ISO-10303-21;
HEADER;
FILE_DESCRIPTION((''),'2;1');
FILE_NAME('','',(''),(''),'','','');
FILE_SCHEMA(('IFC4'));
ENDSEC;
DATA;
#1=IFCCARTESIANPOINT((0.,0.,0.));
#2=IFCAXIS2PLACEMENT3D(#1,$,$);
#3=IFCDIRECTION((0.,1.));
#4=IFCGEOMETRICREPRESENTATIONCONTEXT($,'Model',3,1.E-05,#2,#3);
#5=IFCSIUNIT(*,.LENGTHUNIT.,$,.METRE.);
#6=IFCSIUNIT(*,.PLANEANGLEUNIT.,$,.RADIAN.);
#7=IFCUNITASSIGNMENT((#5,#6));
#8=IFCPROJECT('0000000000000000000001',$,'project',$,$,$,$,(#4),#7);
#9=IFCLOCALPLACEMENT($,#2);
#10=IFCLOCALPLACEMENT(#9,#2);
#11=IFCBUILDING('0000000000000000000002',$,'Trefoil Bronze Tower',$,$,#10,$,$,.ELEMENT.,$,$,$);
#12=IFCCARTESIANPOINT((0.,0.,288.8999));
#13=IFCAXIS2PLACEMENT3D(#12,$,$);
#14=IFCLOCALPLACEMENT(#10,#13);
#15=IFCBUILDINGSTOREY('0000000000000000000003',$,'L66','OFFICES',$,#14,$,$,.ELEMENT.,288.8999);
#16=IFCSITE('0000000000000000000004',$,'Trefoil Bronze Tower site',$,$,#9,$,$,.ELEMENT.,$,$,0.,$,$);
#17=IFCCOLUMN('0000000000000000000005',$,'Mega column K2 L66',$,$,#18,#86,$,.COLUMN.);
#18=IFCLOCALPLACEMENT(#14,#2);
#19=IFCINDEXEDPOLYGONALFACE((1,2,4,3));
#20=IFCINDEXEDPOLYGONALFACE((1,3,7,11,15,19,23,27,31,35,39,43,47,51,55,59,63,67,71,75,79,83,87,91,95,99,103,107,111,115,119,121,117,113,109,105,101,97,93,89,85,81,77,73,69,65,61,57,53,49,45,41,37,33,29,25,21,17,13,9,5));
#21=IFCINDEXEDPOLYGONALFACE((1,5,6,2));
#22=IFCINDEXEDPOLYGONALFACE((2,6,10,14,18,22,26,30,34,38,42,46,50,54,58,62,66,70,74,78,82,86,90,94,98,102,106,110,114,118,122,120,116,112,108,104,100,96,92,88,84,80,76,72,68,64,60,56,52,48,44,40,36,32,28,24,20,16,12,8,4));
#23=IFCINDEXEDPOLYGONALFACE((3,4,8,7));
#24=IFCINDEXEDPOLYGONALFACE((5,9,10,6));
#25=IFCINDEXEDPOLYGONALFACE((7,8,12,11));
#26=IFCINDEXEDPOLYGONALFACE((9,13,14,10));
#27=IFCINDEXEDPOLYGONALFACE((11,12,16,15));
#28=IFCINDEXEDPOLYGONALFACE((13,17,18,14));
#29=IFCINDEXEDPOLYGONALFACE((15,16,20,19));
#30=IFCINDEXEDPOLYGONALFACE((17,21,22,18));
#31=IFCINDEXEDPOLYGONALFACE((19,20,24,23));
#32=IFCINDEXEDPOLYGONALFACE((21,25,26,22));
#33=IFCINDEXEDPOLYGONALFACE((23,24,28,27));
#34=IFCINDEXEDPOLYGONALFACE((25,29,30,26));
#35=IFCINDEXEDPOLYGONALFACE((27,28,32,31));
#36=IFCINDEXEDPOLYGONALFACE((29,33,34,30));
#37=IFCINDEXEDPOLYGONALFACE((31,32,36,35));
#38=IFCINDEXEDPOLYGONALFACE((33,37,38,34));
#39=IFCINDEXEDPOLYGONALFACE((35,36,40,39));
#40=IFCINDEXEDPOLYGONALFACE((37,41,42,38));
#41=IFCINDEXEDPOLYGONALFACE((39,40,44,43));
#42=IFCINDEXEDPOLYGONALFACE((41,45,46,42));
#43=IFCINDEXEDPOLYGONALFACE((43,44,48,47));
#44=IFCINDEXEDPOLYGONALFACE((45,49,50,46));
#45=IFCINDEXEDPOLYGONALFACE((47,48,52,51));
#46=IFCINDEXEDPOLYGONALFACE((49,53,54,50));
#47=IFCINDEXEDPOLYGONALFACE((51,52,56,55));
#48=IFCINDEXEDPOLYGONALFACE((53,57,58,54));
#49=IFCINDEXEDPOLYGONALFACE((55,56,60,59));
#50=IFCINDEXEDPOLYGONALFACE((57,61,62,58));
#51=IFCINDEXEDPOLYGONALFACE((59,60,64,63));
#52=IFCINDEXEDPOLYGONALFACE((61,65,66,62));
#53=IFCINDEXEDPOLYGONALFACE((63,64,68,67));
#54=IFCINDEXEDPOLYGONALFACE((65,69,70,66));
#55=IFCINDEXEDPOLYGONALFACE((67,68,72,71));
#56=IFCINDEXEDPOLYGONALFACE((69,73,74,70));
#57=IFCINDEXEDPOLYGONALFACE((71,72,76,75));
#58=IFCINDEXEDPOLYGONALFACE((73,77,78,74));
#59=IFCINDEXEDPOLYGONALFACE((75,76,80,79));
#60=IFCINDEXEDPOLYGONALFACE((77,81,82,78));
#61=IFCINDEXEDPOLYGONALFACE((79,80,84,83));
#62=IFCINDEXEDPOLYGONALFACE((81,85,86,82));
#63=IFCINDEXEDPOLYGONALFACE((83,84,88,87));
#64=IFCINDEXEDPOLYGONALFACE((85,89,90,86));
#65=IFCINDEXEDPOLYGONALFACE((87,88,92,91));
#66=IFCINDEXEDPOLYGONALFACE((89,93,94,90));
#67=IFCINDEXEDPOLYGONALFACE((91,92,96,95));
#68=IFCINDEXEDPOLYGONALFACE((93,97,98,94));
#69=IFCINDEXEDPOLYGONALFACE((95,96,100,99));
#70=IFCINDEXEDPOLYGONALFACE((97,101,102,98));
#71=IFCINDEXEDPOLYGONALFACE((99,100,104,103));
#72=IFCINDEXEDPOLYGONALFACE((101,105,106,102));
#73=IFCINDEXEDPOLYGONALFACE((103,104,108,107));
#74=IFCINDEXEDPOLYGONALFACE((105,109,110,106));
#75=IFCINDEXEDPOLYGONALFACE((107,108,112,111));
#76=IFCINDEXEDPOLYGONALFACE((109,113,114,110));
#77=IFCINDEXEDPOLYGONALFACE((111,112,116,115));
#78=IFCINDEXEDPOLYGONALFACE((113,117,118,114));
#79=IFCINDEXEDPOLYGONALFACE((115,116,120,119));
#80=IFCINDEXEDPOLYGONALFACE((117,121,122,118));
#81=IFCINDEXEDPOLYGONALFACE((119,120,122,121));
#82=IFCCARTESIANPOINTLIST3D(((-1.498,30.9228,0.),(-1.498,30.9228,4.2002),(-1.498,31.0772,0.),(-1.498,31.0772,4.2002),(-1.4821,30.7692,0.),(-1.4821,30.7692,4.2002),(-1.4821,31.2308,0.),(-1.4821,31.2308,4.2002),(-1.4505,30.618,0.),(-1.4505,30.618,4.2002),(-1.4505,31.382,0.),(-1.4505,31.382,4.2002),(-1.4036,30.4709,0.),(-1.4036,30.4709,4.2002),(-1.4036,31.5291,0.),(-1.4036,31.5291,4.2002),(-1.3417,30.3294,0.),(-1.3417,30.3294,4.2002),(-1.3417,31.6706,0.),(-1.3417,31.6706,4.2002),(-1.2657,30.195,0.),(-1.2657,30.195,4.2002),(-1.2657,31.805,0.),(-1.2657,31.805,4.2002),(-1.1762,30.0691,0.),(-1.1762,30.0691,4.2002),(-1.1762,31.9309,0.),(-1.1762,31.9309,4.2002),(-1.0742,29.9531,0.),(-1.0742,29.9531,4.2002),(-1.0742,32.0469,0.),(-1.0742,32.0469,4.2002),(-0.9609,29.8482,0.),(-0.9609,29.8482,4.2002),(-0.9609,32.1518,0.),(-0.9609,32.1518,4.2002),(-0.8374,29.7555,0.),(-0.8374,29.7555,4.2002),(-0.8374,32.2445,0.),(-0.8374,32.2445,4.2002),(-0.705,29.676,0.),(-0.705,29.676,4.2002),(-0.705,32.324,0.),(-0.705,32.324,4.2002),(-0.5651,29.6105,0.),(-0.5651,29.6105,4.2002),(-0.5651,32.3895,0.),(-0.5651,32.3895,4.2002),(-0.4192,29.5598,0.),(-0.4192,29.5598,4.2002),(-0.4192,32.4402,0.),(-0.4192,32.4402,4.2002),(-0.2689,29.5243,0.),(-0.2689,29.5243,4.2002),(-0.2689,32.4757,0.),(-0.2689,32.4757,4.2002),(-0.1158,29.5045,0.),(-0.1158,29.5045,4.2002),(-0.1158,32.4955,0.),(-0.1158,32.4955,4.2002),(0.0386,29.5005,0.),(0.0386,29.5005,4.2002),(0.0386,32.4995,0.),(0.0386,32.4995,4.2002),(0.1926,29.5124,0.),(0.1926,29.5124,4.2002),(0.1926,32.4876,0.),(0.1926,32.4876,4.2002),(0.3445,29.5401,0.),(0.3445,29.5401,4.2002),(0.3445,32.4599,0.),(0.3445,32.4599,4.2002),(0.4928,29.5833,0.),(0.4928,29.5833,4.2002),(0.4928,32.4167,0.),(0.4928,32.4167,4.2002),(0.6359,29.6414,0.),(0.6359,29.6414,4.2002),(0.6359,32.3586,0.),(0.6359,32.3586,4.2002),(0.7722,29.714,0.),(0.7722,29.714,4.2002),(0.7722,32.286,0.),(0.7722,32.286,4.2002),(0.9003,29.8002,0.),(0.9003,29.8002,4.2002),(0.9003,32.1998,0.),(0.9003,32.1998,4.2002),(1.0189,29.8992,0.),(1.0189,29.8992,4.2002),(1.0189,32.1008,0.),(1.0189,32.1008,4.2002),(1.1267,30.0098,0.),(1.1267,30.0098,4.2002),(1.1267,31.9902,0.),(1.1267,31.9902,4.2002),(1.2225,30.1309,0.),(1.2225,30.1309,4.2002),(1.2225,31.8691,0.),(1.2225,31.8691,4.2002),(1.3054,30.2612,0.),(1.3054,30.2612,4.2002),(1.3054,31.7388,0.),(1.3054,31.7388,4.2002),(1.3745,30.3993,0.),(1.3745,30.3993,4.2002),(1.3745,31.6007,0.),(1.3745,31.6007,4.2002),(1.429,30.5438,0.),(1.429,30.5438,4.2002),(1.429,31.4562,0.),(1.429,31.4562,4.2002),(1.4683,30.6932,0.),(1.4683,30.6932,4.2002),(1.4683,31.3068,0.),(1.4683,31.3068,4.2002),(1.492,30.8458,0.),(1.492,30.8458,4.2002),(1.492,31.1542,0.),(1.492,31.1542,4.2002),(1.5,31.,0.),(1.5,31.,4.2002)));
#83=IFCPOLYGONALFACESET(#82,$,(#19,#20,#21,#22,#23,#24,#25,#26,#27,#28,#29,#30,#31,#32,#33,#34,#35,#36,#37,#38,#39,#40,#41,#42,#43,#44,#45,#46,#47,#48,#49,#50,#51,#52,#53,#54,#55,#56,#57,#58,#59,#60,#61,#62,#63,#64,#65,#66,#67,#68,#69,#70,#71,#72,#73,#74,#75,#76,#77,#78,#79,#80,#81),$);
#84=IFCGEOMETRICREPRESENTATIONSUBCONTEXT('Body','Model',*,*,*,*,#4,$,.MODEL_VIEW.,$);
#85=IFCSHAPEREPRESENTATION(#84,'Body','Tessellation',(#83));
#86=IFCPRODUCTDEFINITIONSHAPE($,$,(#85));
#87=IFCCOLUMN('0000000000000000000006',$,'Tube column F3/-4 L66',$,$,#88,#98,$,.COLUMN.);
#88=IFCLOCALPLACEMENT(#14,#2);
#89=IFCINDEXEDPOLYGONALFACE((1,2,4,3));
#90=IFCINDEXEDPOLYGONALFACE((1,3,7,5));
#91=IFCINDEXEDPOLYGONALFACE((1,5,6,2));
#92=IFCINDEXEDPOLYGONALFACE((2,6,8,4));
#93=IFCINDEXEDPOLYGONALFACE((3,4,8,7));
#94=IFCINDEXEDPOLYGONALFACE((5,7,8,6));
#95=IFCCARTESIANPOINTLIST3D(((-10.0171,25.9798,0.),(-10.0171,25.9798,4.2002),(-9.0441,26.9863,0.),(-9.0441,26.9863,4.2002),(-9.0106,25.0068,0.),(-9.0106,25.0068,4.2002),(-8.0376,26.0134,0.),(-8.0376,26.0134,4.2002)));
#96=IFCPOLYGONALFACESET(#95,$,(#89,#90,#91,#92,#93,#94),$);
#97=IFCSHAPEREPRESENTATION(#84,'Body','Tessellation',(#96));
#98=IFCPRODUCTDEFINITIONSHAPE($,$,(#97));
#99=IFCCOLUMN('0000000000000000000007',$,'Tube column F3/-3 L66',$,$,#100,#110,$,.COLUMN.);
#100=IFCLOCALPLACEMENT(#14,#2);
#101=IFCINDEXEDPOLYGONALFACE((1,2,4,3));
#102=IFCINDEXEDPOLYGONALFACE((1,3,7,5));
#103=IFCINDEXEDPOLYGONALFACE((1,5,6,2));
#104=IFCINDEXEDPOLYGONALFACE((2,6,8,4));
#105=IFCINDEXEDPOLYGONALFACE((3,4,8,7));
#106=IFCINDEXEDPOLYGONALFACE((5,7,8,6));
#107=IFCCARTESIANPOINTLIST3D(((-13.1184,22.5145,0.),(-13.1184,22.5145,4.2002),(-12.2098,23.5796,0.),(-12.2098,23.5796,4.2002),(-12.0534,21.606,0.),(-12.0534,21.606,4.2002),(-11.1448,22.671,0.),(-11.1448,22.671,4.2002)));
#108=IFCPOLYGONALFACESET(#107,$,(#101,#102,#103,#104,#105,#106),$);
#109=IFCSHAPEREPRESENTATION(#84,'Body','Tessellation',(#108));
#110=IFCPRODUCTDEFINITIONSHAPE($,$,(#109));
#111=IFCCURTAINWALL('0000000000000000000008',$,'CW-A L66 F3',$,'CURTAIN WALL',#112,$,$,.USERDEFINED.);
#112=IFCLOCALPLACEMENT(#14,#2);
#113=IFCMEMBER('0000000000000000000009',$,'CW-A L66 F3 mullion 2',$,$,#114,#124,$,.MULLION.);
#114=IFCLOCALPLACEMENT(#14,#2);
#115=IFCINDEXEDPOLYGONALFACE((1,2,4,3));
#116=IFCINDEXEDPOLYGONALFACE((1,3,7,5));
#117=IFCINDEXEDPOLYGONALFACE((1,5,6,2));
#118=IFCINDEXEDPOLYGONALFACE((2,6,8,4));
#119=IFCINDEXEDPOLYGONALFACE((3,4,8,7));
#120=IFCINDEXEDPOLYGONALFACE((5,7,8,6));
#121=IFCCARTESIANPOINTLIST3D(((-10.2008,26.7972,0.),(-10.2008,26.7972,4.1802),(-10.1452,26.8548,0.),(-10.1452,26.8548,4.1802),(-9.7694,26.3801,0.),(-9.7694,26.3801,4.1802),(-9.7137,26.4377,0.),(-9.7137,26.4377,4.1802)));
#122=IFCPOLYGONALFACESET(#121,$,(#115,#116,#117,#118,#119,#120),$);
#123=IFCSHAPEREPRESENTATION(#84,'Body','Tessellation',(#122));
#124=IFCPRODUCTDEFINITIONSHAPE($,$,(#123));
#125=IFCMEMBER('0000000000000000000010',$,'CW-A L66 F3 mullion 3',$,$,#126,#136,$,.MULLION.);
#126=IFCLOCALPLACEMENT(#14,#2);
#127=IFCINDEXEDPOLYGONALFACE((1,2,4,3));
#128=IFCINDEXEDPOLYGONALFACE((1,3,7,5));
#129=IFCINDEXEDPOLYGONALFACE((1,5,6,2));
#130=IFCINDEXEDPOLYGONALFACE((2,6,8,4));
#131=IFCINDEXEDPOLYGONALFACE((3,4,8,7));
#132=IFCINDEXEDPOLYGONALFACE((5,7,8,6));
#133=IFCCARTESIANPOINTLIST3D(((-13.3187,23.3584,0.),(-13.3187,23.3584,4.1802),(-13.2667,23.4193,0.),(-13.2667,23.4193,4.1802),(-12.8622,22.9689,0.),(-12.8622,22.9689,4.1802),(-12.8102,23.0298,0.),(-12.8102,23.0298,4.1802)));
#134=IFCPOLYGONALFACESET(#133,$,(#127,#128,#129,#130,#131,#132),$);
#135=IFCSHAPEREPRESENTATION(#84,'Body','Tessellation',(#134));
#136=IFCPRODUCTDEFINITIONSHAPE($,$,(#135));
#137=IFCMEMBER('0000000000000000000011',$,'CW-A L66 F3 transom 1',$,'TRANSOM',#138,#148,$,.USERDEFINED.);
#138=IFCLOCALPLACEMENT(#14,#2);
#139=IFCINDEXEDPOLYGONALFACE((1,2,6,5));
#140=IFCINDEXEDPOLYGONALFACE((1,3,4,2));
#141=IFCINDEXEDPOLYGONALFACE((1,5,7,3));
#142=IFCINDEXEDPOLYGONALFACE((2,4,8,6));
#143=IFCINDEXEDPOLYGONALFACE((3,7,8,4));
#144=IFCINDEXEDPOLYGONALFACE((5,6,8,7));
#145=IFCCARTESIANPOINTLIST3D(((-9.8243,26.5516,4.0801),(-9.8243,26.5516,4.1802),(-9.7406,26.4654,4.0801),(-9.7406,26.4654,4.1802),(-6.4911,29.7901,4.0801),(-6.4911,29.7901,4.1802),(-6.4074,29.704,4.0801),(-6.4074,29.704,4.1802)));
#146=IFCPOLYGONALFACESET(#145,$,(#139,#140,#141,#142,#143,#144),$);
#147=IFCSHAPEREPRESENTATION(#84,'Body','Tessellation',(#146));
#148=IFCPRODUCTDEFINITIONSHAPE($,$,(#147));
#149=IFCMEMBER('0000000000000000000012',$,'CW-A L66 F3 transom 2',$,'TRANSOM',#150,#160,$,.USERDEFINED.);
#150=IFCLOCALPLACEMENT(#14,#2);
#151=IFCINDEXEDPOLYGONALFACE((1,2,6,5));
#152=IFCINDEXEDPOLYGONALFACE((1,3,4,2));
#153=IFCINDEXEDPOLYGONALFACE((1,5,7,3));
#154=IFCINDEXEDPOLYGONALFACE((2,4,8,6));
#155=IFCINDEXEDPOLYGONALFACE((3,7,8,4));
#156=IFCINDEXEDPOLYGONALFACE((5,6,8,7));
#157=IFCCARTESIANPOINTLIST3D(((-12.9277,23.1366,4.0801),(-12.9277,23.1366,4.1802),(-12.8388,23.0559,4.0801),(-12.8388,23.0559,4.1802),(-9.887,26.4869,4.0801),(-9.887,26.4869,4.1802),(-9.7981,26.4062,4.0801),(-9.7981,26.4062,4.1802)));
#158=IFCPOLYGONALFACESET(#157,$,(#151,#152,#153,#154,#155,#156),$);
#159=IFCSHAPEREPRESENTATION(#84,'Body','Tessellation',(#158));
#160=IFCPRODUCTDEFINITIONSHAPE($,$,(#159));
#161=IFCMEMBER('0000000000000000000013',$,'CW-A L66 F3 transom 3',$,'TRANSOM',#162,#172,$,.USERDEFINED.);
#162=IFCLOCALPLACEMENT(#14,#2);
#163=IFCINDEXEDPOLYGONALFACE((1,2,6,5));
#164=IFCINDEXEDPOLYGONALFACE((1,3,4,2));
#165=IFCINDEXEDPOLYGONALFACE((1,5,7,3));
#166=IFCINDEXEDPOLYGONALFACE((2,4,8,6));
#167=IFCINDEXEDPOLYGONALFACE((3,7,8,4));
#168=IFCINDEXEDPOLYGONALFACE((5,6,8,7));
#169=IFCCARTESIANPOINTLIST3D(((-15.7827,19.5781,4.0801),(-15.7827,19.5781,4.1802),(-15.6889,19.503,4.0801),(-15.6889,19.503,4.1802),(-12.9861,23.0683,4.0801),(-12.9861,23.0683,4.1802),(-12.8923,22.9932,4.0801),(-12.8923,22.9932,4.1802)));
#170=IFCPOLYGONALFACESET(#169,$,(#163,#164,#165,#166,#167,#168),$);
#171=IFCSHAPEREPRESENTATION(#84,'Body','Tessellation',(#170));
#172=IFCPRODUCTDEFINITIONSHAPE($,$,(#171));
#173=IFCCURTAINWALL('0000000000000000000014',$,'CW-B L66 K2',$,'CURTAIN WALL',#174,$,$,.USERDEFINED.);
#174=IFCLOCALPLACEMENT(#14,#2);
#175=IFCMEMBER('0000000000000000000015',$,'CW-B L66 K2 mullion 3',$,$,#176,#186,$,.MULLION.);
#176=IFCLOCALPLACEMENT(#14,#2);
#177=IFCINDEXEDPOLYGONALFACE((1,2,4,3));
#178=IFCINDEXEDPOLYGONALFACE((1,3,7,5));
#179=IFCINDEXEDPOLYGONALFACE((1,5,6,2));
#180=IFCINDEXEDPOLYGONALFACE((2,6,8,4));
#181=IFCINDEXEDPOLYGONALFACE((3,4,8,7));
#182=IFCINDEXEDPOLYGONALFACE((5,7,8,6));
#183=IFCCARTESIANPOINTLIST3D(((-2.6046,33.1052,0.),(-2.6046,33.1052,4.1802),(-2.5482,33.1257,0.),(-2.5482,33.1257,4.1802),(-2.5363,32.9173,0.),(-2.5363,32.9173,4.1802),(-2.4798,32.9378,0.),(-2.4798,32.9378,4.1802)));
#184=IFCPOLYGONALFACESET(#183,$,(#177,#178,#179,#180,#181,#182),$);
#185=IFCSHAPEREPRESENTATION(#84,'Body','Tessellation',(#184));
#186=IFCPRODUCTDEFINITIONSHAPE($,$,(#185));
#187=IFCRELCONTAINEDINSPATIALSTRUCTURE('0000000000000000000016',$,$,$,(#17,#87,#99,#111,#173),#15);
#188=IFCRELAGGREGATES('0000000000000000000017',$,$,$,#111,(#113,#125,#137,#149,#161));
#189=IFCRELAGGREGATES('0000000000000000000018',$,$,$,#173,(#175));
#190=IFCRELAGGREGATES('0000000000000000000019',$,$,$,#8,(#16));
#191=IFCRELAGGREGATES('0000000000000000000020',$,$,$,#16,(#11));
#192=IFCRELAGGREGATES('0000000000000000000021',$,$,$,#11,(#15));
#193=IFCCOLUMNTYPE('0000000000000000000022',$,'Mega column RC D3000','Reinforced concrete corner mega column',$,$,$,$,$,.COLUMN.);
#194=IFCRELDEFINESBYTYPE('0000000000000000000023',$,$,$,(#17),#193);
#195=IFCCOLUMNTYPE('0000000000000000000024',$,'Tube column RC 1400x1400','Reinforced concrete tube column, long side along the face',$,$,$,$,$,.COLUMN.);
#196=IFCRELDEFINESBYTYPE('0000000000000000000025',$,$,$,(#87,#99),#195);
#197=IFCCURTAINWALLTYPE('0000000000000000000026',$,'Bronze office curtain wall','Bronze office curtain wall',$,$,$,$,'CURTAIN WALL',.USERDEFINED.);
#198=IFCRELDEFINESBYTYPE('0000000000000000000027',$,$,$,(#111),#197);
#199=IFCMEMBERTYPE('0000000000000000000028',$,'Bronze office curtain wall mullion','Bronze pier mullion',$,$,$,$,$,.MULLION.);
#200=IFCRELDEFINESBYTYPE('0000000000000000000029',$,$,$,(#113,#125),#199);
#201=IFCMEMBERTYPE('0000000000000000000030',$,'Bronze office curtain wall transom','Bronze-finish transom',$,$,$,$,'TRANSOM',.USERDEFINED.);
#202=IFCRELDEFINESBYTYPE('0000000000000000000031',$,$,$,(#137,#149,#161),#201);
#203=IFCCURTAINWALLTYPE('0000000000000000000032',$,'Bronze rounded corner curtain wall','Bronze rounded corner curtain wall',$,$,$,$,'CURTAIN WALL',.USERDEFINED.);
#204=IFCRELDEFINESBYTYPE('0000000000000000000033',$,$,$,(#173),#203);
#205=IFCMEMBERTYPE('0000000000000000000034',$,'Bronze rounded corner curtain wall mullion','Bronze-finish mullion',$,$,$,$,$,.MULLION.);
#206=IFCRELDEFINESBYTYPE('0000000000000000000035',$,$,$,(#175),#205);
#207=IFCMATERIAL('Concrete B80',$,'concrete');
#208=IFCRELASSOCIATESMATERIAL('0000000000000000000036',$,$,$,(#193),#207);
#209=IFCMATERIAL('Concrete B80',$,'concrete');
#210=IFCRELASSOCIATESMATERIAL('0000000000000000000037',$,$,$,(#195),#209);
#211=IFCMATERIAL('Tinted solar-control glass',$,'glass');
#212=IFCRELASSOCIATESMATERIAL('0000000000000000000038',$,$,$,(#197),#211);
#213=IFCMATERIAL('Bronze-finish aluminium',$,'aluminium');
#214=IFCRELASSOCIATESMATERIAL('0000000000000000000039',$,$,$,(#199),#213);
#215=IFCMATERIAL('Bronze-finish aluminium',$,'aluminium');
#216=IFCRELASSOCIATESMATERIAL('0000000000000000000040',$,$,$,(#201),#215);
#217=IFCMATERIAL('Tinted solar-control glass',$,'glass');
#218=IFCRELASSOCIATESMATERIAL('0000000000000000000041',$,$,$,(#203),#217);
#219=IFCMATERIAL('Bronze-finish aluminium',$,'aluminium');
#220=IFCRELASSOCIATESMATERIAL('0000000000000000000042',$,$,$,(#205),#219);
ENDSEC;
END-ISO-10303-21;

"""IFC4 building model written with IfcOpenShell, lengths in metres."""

from ifc_helpers import new_model, si_unit, direction, frame, origin, origin_2d, place, context, subcontext, project, spatial, rectangle, circle, extrude, material, material_profile, profile_set, type_object, element, aggregate, save


model = new_model("IFC4")

# Units and contexts
model_context = context("Model", 3, precision=1e-05, world=origin(), true_north=direction((0.0, 1.0)))
body_context = subcontext(model_context, "Body", "Model", "MODEL_VIEW")
ifc_project = project(units=[si_unit("LENGTHUNIT", "METRE"), si_unit("PLANEANGLEUNIT", "RADIAN")], contexts=[model_context])

# Site, building, storey
site_placement = place(None, origin())
site = spatial("IfcSite", under=ifc_project, at=site_placement, Name="Trefoil Bronze Tower site", CompositionType="ELEMENT", RefElevation=0.0)
building_placement = place(site_placement, origin())
building = spatial("IfcBuilding", under=site, at=building_placement, Name="Trefoil Bronze Tower", CompositionType="ELEMENT")
storey_placement = place(building_placement, frame((0.0, 0.0, 288.8999)))
storey = spatial("IfcBuildingStorey", under=building, at=storey_placement, Name="L66", Description="OFFICES", CompositionType="ELEMENT", Elevation=288.8999)

# Columns
ifc_material_1 = material(Name="Concrete B80", Category="concrete")
ifc_material_profile_1 = material_profile(ifc_material_1, circle(Radius=1.5, at=origin_2d()), Name="RC D3000")
ifc_profile_set_1 = profile_set([ifc_material_profile_1], Name="Concrete B80")
column_type_1 = type_object("IfcColumnType", Name="Mega column RC D3000", Description="Reinforced concrete corner mega column", PredefinedType="COLUMN", material=ifc_profile_set_1)
column_placement = place(storey_placement, frame((0.0, 31.0, 0.0), z_axis=(0.0, 0.0, 1.0), x_axis=(1.0, 0.0, 0.0)))
element("IfcColumn", 1, at=column_placement, inside=storey, type_object=column_type_1, Name="Mega column K2 L66", PredefinedType="COLUMN", context=body_context, shape_type="SweptSolid", body=[
    extrude(circle(Radius=1.5, at=origin_2d()), origin(), (0.0, 0.0, 1.0), 4.2002),
])
ifc_material_2 = material(Name="Concrete B80", Category="concrete")
ifc_material_profile_2 = material_profile(ifc_material_2, rectangle(XDim=1.3999, YDim=1.3999, at=origin_2d()), Name="RC 1400x1400")
ifc_profile_set_2 = profile_set([ifc_material_profile_2], Name="Concrete B80")
column_type_2 = type_object("IfcColumnType", Name="Tube column RC 1400x1400", Description="Reinforced concrete tube column, long side along the face", PredefinedType="COLUMN", material=ifc_profile_set_2)
for number, where, z_axis, x_axis, name in (
    (2, (-9.0273, 25.9966, 0.0), (0.0, 0.0, 1.0), (-0.695009, -0.719001, 0.0), "Tube column F3/-4 L66"),
    (3, (-12.1316, 22.5928, 0.0), (0.0, 0.0, 1.0), (-0.649008, -0.760781, 0.0), "Tube column F3/-3 L66"),
):
    element("IfcColumn", number, at=place(storey_placement, frame(where, z_axis=z_axis, x_axis=x_axis)), inside=storey, type_object=column_type_2, Name=name, PredefinedType="COLUMN", context=body_context, shape_type="SweptSolid", body=[
        extrude(rectangle(XDim=1.3999, YDim=1.3999, at=origin_2d()), origin(), (0.0, 0.0, 1.0), 4.2002),
    ])

# Curtain walls, members
ifc_material_3 = material(Name="Tinted solar-control glass", Category="glass")
curtain_wall_type_1 = type_object("IfcCurtainWallType", Name="Bronze office curtain wall", Description="Bronze office curtain wall", ElementType="CURTAIN WALL", PredefinedType="USERDEFINED", material=ifc_material_3)
curtain_wall_1_placement = place(storey_placement, origin())
curtain_wall_1 = element("IfcCurtainWall", 4, at=curtain_wall_1_placement, inside=storey, type_object=curtain_wall_type_1, Name="CW-A L66 F3", ObjectType="CURTAIN WALL", PredefinedType="USERDEFINED")
ifc_material_4 = material(Name="Bronze-finish aluminium", Category="aluminium")
ifc_material_profile_3 = material_profile(ifc_material_4, rectangle(XDim=0.6001, YDim=0.0801, at=origin_2d()), Name="CW-A mullion")
ifc_profile_set_3 = profile_set([ifc_material_profile_3], Name="Bronze-finish aluminium")
member_type_1 = type_object("IfcMemberType", Name="Bronze office curtain wall mullion", Description="Bronze pier mullion", PredefinedType="MULLION", material=ifc_profile_set_3)
member_1_placement = place(storey_placement, frame((-9.9573, 26.6174, 0.0), z_axis=(0.0, 0.0, 1.0), x_axis=(0.719001, -0.695009, 0.0)))
member_1 = element("IfcMember", 5, at=member_1_placement, type_object=member_type_1, Name="CW-A L66 F3 mullion 2", PredefinedType="MULLION", context=body_context, shape_type="SweptSolid", body=[
    extrude(rectangle(XDim=0.6001, YDim=0.0801, at=origin_2d()), origin(), (0.0, 0.0, 1.0), 4.1802),
])
member_2_placement = place(storey_placement, frame((-13.0645, 23.1941, 0.0), z_axis=(0.0, 0.0, 1.0), x_axis=(0.760781, -0.649008, 0.0)))
member_2 = element("IfcMember", 6, at=member_2_placement, type_object=member_type_1, Name="CW-A L66 F3 mullion 3", PredefinedType="MULLION", context=body_context, shape_type="SweptSolid", body=[
    extrude(rectangle(XDim=0.6001, YDim=0.0801, at=origin_2d()), origin(), (0.0, 0.0, 1.0), 4.1802),
])
ifc_material_5 = material(Name="Bronze-finish aluminium", Category="aluminium")
ifc_material_profile_4 = material_profile(ifc_material_5, rectangle(XDim=0.1201, YDim=0.1001, at=origin_2d()), Name="CW-A transom")
ifc_profile_set_4 = profile_set([ifc_material_profile_4], Name="Bronze-finish aluminium")
member_type_2 = type_object("IfcMemberType", Name="Bronze office curtain wall transom", Description="Bronze-finish transom", ElementType="TRANSOM", PredefinedType="USERDEFINED", material=ifc_profile_set_4)
member_3_placement = place(storey_placement, frame((-6.4492, 29.7471, 4.1301), z_axis=(-0.717225, -0.696842, 0.0), x_axis=(0.696842, -0.717225, 0.0)))
member_3 = element("IfcMember", 7, at=member_3_placement, type_object=member_type_2, Name="CW-A L66 F3 transom 1", ObjectType="TRANSOM", PredefinedType="USERDEFINED", context=body_context, shape_type="SweptSolid", body=[
    extrude(rectangle(XDim=0.1201, YDim=0.1001, at=origin_2d()), origin(), (0.0, 0.0, 1.0), 4.6475),
])
member_4_placement = place(storey_placement, frame((-9.8425, 26.4465, 4.1301), z_axis=(-0.672068, -0.740489, 0.0), x_axis=(0.740489, -0.672068, 0.0)))
member_4 = element("IfcMember", 8, at=member_4_placement, type_object=member_type_2, Name="CW-A L66 F3 transom 2", ObjectType="TRANSOM", PredefinedType="USERDEFINED", context=body_context, shape_type="SweptSolid", body=[
    extrude(rectangle(XDim=0.1201, YDim=0.1001, at=origin_2d()), origin(), (0.0, 0.0, 1.0), 4.5244),
])
member_5_placement = place(storey_placement, frame((-12.9392, 23.0308, 4.1301), z_axis=(-0.625301, -0.780384, 0.0), x_axis=(0.780384, -0.625301, 0.0)))
member_5 = element("IfcMember", 9, at=member_5_placement, type_object=member_type_2, Name="CW-A L66 F3 transom 3", ObjectType="TRANSOM", PredefinedType="USERDEFINED", context=body_context, shape_type="SweptSolid", body=[
    extrude(rectangle(XDim=0.1201, YDim=0.1001, at=origin_2d()), origin(), (0.0, 0.0, 1.0), 4.4724),
])
ifc_material_6 = material(Name="Tinted solar-control glass", Category="glass")
curtain_wall_type_2 = type_object("IfcCurtainWallType", Name="Bronze rounded corner curtain wall", Description="Bronze rounded corner curtain wall", ElementType="CURTAIN WALL", PredefinedType="USERDEFINED", material=ifc_material_6)
curtain_wall_2_placement = place(storey_placement, origin())
curtain_wall_2 = element("IfcCurtainWall", 10, at=curtain_wall_2_placement, inside=storey, type_object=curtain_wall_type_2, Name="CW-B L66 K2", ObjectType="CURTAIN WALL", PredefinedType="USERDEFINED")
ifc_material_7 = material(Name="Bronze-finish aluminium", Category="aluminium")
ifc_material_profile_5 = material_profile(ifc_material_7, rectangle(XDim=0.2, YDim=0.0601, at=origin_2d()), Name="CW-B mullion")
ifc_profile_set_5 = profile_set([ifc_material_profile_5], Name="Bronze-finish aluminium")
member_type_3 = type_object("IfcMemberType", Name="Bronze rounded corner curtain wall mullion", Description="Bronze-finish mullion", PredefinedType="MULLION", material=ifc_profile_set_5)
member_6_placement = place(storey_placement, frame((-2.5422, 33.0215, 0.0), z_axis=(0.0, 0.0, 1.0), x_axis=(0.34202, -0.939693, 0.0)))
member_6 = element("IfcMember", 11, at=member_6_placement, type_object=member_type_3, Name="CW-B L66 K2 mullion 3", PredefinedType="MULLION", context=body_context, shape_type="SweptSolid", body=[
    extrude(rectangle(XDim=0.2, YDim=0.0601, at=origin_2d()), origin(), (0.0, 0.0, 1.0), 4.1802),
])

aggregate(curtain_wall_1, [member_1, member_2, member_3, member_4, member_5])
aggregate(curtain_wall_2, [member_6])

save(model, "model.ifc")
